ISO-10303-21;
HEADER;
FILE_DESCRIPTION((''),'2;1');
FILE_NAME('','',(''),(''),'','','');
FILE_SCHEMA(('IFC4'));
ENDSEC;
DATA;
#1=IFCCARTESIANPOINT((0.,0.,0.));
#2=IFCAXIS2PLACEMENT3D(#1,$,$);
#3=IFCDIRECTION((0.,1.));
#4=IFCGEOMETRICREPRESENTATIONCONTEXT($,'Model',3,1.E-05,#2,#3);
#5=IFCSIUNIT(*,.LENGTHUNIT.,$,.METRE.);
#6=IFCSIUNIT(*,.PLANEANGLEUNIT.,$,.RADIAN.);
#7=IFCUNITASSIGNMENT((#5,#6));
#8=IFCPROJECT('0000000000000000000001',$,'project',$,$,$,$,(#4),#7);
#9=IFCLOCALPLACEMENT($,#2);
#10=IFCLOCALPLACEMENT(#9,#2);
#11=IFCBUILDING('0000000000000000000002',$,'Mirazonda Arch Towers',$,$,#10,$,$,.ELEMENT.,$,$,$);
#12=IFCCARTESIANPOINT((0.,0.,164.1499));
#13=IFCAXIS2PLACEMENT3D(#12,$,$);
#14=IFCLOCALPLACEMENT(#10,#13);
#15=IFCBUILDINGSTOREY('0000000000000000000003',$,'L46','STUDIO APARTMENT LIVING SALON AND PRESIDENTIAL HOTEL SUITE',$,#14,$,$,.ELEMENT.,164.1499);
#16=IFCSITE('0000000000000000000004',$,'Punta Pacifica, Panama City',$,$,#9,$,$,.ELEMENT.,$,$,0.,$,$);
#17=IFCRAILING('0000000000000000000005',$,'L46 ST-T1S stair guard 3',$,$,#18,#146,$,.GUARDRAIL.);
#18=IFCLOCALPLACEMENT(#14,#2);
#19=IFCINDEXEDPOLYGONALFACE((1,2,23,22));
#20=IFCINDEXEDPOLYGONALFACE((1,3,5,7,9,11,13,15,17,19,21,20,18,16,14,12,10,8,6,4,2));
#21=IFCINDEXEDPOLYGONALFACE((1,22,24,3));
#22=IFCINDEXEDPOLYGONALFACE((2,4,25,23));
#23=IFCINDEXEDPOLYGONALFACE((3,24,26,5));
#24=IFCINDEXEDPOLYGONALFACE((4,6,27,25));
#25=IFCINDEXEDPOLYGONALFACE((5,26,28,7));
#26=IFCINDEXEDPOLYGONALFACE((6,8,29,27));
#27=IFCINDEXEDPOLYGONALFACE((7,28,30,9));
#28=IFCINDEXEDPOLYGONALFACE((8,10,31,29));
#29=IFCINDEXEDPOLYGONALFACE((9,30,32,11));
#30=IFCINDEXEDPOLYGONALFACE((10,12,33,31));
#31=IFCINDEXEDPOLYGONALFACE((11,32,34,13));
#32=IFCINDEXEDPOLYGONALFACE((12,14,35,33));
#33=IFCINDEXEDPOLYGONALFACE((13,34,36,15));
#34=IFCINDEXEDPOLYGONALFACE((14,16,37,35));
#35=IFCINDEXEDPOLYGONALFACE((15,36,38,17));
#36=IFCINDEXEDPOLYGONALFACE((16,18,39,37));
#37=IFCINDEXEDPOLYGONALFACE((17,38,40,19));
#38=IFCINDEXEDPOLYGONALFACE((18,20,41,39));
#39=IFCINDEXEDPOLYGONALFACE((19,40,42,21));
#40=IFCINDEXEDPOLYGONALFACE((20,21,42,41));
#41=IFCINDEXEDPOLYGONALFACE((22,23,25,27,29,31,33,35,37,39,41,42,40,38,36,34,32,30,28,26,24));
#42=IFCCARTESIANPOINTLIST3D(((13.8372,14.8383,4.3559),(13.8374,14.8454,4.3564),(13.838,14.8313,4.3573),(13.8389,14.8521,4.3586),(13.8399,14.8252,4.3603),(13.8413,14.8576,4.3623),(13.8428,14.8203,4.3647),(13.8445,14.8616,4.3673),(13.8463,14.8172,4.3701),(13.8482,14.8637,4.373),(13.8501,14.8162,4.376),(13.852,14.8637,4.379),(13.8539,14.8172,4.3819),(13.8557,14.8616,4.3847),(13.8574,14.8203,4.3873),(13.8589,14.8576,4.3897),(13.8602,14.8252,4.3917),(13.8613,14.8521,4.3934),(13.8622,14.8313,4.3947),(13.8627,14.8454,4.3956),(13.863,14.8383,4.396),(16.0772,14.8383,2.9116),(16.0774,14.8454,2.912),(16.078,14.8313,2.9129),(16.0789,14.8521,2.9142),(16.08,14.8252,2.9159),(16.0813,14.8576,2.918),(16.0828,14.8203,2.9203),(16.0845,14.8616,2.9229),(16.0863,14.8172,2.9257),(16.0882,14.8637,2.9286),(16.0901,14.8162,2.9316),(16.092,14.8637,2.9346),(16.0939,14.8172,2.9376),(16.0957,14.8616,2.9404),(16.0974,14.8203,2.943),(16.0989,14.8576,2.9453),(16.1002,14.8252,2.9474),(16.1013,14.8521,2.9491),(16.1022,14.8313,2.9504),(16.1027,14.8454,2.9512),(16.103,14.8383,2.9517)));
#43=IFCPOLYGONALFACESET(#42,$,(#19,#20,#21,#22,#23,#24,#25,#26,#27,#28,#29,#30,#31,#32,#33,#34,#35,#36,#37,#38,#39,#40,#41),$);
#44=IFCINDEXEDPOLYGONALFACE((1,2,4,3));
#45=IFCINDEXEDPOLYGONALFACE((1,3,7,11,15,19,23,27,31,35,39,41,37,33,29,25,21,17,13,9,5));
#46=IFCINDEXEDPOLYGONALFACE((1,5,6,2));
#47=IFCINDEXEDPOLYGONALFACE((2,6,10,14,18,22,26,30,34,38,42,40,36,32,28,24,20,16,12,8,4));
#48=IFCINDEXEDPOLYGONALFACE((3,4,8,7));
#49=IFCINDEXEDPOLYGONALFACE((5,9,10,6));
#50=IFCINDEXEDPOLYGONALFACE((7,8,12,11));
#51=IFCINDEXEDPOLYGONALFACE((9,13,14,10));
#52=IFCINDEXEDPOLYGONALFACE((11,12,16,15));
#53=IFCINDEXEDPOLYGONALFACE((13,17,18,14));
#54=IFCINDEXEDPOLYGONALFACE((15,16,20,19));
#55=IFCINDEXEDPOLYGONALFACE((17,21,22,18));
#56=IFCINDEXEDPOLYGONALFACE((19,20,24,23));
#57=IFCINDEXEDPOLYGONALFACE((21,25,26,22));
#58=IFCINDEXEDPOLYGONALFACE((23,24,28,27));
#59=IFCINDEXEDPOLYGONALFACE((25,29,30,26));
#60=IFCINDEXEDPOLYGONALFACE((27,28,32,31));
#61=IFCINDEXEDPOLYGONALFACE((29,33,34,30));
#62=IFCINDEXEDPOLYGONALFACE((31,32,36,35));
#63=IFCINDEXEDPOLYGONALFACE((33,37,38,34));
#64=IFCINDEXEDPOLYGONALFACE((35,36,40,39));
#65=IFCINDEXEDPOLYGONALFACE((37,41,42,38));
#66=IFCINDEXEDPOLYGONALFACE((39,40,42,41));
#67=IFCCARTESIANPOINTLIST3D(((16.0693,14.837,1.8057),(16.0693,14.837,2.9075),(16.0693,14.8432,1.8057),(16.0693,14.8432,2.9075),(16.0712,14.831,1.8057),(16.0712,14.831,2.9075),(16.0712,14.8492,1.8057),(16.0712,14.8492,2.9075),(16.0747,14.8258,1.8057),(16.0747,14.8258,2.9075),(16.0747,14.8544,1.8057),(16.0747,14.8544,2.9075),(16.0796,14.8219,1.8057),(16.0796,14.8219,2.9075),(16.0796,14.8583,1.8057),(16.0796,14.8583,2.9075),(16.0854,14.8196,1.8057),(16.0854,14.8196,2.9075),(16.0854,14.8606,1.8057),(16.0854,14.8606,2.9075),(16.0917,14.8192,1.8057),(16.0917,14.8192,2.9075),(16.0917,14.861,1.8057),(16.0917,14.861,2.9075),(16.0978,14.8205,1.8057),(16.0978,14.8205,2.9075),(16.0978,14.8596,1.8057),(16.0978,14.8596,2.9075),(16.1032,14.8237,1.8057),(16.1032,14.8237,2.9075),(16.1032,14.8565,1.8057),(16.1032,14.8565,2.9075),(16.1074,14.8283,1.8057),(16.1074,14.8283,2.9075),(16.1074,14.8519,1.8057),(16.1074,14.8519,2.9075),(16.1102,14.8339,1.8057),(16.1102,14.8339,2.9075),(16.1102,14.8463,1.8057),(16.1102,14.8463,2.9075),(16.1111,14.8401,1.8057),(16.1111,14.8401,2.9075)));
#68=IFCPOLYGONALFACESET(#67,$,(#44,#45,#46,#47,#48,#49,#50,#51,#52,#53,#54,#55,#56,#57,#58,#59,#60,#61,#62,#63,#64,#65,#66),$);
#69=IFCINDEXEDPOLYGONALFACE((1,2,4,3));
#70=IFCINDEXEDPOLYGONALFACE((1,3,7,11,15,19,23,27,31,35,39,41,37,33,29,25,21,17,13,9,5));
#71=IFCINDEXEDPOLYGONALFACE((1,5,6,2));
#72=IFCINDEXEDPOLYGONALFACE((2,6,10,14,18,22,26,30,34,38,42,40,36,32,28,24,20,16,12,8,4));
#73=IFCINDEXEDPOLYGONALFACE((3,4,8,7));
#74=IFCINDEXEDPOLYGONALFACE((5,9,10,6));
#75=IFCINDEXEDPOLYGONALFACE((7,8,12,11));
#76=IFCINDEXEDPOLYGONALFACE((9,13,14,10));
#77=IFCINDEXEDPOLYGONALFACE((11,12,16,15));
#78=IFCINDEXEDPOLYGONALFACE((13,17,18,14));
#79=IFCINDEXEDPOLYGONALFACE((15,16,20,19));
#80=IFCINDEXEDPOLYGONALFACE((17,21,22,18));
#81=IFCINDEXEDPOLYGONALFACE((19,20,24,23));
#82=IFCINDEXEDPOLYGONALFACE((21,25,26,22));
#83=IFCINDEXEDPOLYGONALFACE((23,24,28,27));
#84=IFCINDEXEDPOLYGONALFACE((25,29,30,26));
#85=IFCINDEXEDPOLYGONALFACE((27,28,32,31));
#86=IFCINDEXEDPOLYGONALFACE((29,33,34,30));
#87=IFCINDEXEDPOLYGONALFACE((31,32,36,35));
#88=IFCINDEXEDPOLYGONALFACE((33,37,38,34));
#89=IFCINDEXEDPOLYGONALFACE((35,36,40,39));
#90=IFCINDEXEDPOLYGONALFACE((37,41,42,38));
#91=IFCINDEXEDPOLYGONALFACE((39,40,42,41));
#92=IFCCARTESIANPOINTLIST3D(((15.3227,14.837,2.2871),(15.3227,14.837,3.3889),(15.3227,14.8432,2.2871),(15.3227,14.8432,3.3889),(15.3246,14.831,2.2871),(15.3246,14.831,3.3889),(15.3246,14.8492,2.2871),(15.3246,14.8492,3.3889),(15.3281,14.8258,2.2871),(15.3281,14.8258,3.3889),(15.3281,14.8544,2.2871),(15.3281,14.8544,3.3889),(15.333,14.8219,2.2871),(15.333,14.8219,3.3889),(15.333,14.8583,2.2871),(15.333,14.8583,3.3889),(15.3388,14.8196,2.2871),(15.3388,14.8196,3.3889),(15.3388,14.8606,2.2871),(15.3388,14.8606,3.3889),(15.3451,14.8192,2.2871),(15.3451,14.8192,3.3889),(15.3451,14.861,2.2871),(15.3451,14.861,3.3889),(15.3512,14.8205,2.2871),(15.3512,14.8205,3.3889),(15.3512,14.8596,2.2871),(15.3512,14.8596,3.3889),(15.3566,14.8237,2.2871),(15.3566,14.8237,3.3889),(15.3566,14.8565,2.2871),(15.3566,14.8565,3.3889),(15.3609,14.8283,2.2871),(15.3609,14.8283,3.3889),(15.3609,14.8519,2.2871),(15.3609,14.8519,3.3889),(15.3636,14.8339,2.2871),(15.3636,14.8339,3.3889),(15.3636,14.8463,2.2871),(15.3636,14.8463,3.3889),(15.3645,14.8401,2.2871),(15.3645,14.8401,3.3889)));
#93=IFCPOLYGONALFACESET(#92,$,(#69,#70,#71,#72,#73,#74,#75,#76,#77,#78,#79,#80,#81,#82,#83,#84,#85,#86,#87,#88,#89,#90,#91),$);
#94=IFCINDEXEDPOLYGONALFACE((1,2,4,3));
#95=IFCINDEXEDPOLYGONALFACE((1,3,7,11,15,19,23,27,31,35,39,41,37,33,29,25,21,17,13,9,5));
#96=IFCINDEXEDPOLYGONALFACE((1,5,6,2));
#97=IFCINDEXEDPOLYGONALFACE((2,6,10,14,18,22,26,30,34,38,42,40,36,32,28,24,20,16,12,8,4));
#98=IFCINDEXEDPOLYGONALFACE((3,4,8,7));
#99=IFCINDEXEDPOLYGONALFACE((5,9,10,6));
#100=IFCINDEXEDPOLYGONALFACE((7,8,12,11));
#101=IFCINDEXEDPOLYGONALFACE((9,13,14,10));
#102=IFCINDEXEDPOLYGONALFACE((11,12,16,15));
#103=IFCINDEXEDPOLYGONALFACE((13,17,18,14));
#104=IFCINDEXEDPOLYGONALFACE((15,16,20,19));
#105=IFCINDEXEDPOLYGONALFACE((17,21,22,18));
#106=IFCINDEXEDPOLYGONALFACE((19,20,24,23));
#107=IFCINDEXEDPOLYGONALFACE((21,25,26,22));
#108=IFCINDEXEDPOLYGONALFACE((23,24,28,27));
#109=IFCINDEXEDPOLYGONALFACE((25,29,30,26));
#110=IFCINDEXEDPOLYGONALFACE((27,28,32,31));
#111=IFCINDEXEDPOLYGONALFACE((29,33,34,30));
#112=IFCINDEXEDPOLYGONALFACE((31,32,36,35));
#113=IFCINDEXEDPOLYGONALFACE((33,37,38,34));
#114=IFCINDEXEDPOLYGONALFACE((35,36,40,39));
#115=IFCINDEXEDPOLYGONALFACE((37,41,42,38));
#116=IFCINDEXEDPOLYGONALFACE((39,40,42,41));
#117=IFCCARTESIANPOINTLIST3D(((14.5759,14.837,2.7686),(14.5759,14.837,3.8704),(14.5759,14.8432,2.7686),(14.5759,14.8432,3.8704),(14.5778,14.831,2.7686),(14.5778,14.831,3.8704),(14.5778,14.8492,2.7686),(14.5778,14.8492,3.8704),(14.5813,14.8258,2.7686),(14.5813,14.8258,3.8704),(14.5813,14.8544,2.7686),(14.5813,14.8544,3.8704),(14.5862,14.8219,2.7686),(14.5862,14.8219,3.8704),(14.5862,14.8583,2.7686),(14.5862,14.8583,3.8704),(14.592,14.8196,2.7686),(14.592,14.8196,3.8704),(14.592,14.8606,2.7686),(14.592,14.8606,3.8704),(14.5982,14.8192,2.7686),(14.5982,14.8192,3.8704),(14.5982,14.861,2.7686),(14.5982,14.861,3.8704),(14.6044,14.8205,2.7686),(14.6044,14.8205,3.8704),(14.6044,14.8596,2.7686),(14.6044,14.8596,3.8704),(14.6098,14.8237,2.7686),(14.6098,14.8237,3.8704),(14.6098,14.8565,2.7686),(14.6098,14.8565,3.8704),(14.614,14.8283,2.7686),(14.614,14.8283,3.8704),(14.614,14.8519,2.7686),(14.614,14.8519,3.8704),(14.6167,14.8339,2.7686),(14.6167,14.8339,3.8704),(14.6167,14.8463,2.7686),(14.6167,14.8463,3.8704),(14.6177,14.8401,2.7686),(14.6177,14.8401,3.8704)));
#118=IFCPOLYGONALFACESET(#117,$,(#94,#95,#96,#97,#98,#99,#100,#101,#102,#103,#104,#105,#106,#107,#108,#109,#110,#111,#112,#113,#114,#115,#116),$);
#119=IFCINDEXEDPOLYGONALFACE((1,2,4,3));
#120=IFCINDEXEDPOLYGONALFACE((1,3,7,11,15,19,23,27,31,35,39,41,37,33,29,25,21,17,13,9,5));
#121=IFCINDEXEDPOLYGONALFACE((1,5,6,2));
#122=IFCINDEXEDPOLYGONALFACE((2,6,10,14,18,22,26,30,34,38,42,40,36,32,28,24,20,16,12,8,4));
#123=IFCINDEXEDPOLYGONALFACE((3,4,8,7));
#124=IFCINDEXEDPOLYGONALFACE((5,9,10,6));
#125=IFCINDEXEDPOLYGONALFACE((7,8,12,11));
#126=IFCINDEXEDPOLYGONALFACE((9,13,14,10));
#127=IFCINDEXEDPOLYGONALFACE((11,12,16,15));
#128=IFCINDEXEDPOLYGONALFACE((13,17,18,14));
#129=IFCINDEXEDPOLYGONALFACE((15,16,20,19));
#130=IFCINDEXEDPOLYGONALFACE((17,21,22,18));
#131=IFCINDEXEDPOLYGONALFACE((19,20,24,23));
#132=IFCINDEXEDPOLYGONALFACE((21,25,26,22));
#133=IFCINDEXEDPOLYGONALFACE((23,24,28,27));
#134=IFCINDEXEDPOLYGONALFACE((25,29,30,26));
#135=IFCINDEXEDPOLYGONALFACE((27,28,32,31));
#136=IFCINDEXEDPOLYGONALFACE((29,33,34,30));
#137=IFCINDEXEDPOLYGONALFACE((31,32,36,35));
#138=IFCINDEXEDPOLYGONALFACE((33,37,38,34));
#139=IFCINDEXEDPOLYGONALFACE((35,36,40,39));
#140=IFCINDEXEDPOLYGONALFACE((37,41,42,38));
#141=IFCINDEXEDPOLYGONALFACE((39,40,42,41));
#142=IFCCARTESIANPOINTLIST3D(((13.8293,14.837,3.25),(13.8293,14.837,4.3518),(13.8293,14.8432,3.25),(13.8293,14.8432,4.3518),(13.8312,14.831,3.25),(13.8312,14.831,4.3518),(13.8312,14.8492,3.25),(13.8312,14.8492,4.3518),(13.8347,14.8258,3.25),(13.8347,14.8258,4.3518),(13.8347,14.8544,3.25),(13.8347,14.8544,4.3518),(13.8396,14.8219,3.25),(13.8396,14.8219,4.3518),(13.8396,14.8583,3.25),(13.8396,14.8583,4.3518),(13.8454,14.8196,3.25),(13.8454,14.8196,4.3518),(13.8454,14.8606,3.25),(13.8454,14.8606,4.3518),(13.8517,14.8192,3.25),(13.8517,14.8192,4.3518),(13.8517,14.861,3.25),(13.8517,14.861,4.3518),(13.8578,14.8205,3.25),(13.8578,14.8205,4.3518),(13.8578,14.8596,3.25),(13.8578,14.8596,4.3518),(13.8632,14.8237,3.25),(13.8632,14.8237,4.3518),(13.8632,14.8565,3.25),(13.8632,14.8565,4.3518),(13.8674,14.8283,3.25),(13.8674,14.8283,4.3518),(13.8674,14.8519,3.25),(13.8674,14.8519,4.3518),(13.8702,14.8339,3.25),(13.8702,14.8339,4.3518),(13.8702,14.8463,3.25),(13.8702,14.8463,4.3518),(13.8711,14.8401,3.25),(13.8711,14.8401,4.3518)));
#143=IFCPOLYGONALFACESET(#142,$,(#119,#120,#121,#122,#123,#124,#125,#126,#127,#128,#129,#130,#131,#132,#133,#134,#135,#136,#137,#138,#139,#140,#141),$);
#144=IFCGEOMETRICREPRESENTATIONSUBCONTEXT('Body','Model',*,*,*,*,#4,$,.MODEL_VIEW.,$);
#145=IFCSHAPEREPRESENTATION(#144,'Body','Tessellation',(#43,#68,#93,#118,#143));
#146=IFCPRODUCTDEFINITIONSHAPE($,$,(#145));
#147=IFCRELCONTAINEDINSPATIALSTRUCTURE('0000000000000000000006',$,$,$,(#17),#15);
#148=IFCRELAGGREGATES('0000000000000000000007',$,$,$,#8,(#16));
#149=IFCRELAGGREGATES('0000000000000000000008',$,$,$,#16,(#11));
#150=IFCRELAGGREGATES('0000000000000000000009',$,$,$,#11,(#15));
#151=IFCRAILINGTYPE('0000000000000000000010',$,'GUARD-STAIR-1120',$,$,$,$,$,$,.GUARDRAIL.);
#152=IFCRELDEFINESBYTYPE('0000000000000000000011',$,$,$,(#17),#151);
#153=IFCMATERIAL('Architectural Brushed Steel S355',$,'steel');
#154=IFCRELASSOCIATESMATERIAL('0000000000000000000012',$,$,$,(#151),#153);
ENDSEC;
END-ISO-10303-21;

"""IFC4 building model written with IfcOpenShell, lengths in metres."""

from ifc_helpers import new_model, si_unit, direction, frame, origin, origin_2d, place, context, subcontext, project, spatial, circle, extrude, material, type_object, element, save


model = new_model("IFC4")

# Units and contexts
model_context = context("Model", 3, precision=1e-05, world=origin(), true_north=direction((0.0, 1.0)))
body_context = subcontext(model_context, "Body", "Model", "MODEL_VIEW")
ifc_project = project(units=[si_unit("LENGTHUNIT", "METRE"), si_unit("PLANEANGLEUNIT", "RADIAN")], contexts=[model_context])

# Site, building, storey
site_placement = place(None, origin())
site = spatial("IfcSite", under=ifc_project, at=site_placement, Name="Punta Pacifica, Panama City", CompositionType="ELEMENT", RefElevation=0.0)
building_placement = place(site_placement, origin())
building = spatial("IfcBuilding", under=site, at=building_placement, Name="Mirazonda Arch Towers", CompositionType="ELEMENT")
storey_placement = place(building_placement, frame((0.0, 0.0, 164.1499)))
storey = spatial("IfcBuildingStorey", under=building, at=storey_placement, Name="L46", Description="STUDIO APARTMENT LIVING SALON AND PRESIDENTIAL HOTEL SUITE", CompositionType="ELEMENT", Elevation=164.1499)

# Railing
ifc_material_1 = material(Name="Architectural Brushed Steel S355", Category="steel")
railing_type_1 = type_object("IfcRailingType", Name="GUARD-STAIR-1120", PredefinedType="GUARDRAIL", material=ifc_material_1)
railing_1_placement = place(storey_placement, frame((16.0901, 14.8401, 1.8057)))
element("IfcRailing", 1, at=railing_1_placement, inside=storey, type_object=railing_type_1, Name="L46 ST-T1S stair guard 3", PredefinedType="GUARDRAIL", context=body_context, shape_type="SweptSolid", body=[
    extrude(circle(Radius=0.0239, at=origin_2d()), frame((0.0, 0.0, 1.126), z_axis=(-0.840437, 0.0, 0.54191), x_axis=(0.0, -1.0, 0.0)), (0.0, 0.0, 1.0), 2.6653),
    extrude(circle(Radius=0.021, at=origin_2d()), origin(), (0.0, 0.0, 1.0), 1.1018),
    extrude(circle(Radius=0.021, at=origin_2d()), frame((-0.7466, 0.0, 0.4814)), (0.0, 0.0, 1.0), 1.1018),
    extrude(circle(Radius=0.021, at=origin_2d()), frame((-1.4934, 0.0, 0.9629)), (0.0, 0.0, 1.0), 1.1018),
    extrude(circle(Radius=0.021, at=origin_2d()), frame((-2.24, 0.0, 1.4443)), (0.0, 0.0, 1.0), 1.1018),
])

save(model, "model.ifc")
